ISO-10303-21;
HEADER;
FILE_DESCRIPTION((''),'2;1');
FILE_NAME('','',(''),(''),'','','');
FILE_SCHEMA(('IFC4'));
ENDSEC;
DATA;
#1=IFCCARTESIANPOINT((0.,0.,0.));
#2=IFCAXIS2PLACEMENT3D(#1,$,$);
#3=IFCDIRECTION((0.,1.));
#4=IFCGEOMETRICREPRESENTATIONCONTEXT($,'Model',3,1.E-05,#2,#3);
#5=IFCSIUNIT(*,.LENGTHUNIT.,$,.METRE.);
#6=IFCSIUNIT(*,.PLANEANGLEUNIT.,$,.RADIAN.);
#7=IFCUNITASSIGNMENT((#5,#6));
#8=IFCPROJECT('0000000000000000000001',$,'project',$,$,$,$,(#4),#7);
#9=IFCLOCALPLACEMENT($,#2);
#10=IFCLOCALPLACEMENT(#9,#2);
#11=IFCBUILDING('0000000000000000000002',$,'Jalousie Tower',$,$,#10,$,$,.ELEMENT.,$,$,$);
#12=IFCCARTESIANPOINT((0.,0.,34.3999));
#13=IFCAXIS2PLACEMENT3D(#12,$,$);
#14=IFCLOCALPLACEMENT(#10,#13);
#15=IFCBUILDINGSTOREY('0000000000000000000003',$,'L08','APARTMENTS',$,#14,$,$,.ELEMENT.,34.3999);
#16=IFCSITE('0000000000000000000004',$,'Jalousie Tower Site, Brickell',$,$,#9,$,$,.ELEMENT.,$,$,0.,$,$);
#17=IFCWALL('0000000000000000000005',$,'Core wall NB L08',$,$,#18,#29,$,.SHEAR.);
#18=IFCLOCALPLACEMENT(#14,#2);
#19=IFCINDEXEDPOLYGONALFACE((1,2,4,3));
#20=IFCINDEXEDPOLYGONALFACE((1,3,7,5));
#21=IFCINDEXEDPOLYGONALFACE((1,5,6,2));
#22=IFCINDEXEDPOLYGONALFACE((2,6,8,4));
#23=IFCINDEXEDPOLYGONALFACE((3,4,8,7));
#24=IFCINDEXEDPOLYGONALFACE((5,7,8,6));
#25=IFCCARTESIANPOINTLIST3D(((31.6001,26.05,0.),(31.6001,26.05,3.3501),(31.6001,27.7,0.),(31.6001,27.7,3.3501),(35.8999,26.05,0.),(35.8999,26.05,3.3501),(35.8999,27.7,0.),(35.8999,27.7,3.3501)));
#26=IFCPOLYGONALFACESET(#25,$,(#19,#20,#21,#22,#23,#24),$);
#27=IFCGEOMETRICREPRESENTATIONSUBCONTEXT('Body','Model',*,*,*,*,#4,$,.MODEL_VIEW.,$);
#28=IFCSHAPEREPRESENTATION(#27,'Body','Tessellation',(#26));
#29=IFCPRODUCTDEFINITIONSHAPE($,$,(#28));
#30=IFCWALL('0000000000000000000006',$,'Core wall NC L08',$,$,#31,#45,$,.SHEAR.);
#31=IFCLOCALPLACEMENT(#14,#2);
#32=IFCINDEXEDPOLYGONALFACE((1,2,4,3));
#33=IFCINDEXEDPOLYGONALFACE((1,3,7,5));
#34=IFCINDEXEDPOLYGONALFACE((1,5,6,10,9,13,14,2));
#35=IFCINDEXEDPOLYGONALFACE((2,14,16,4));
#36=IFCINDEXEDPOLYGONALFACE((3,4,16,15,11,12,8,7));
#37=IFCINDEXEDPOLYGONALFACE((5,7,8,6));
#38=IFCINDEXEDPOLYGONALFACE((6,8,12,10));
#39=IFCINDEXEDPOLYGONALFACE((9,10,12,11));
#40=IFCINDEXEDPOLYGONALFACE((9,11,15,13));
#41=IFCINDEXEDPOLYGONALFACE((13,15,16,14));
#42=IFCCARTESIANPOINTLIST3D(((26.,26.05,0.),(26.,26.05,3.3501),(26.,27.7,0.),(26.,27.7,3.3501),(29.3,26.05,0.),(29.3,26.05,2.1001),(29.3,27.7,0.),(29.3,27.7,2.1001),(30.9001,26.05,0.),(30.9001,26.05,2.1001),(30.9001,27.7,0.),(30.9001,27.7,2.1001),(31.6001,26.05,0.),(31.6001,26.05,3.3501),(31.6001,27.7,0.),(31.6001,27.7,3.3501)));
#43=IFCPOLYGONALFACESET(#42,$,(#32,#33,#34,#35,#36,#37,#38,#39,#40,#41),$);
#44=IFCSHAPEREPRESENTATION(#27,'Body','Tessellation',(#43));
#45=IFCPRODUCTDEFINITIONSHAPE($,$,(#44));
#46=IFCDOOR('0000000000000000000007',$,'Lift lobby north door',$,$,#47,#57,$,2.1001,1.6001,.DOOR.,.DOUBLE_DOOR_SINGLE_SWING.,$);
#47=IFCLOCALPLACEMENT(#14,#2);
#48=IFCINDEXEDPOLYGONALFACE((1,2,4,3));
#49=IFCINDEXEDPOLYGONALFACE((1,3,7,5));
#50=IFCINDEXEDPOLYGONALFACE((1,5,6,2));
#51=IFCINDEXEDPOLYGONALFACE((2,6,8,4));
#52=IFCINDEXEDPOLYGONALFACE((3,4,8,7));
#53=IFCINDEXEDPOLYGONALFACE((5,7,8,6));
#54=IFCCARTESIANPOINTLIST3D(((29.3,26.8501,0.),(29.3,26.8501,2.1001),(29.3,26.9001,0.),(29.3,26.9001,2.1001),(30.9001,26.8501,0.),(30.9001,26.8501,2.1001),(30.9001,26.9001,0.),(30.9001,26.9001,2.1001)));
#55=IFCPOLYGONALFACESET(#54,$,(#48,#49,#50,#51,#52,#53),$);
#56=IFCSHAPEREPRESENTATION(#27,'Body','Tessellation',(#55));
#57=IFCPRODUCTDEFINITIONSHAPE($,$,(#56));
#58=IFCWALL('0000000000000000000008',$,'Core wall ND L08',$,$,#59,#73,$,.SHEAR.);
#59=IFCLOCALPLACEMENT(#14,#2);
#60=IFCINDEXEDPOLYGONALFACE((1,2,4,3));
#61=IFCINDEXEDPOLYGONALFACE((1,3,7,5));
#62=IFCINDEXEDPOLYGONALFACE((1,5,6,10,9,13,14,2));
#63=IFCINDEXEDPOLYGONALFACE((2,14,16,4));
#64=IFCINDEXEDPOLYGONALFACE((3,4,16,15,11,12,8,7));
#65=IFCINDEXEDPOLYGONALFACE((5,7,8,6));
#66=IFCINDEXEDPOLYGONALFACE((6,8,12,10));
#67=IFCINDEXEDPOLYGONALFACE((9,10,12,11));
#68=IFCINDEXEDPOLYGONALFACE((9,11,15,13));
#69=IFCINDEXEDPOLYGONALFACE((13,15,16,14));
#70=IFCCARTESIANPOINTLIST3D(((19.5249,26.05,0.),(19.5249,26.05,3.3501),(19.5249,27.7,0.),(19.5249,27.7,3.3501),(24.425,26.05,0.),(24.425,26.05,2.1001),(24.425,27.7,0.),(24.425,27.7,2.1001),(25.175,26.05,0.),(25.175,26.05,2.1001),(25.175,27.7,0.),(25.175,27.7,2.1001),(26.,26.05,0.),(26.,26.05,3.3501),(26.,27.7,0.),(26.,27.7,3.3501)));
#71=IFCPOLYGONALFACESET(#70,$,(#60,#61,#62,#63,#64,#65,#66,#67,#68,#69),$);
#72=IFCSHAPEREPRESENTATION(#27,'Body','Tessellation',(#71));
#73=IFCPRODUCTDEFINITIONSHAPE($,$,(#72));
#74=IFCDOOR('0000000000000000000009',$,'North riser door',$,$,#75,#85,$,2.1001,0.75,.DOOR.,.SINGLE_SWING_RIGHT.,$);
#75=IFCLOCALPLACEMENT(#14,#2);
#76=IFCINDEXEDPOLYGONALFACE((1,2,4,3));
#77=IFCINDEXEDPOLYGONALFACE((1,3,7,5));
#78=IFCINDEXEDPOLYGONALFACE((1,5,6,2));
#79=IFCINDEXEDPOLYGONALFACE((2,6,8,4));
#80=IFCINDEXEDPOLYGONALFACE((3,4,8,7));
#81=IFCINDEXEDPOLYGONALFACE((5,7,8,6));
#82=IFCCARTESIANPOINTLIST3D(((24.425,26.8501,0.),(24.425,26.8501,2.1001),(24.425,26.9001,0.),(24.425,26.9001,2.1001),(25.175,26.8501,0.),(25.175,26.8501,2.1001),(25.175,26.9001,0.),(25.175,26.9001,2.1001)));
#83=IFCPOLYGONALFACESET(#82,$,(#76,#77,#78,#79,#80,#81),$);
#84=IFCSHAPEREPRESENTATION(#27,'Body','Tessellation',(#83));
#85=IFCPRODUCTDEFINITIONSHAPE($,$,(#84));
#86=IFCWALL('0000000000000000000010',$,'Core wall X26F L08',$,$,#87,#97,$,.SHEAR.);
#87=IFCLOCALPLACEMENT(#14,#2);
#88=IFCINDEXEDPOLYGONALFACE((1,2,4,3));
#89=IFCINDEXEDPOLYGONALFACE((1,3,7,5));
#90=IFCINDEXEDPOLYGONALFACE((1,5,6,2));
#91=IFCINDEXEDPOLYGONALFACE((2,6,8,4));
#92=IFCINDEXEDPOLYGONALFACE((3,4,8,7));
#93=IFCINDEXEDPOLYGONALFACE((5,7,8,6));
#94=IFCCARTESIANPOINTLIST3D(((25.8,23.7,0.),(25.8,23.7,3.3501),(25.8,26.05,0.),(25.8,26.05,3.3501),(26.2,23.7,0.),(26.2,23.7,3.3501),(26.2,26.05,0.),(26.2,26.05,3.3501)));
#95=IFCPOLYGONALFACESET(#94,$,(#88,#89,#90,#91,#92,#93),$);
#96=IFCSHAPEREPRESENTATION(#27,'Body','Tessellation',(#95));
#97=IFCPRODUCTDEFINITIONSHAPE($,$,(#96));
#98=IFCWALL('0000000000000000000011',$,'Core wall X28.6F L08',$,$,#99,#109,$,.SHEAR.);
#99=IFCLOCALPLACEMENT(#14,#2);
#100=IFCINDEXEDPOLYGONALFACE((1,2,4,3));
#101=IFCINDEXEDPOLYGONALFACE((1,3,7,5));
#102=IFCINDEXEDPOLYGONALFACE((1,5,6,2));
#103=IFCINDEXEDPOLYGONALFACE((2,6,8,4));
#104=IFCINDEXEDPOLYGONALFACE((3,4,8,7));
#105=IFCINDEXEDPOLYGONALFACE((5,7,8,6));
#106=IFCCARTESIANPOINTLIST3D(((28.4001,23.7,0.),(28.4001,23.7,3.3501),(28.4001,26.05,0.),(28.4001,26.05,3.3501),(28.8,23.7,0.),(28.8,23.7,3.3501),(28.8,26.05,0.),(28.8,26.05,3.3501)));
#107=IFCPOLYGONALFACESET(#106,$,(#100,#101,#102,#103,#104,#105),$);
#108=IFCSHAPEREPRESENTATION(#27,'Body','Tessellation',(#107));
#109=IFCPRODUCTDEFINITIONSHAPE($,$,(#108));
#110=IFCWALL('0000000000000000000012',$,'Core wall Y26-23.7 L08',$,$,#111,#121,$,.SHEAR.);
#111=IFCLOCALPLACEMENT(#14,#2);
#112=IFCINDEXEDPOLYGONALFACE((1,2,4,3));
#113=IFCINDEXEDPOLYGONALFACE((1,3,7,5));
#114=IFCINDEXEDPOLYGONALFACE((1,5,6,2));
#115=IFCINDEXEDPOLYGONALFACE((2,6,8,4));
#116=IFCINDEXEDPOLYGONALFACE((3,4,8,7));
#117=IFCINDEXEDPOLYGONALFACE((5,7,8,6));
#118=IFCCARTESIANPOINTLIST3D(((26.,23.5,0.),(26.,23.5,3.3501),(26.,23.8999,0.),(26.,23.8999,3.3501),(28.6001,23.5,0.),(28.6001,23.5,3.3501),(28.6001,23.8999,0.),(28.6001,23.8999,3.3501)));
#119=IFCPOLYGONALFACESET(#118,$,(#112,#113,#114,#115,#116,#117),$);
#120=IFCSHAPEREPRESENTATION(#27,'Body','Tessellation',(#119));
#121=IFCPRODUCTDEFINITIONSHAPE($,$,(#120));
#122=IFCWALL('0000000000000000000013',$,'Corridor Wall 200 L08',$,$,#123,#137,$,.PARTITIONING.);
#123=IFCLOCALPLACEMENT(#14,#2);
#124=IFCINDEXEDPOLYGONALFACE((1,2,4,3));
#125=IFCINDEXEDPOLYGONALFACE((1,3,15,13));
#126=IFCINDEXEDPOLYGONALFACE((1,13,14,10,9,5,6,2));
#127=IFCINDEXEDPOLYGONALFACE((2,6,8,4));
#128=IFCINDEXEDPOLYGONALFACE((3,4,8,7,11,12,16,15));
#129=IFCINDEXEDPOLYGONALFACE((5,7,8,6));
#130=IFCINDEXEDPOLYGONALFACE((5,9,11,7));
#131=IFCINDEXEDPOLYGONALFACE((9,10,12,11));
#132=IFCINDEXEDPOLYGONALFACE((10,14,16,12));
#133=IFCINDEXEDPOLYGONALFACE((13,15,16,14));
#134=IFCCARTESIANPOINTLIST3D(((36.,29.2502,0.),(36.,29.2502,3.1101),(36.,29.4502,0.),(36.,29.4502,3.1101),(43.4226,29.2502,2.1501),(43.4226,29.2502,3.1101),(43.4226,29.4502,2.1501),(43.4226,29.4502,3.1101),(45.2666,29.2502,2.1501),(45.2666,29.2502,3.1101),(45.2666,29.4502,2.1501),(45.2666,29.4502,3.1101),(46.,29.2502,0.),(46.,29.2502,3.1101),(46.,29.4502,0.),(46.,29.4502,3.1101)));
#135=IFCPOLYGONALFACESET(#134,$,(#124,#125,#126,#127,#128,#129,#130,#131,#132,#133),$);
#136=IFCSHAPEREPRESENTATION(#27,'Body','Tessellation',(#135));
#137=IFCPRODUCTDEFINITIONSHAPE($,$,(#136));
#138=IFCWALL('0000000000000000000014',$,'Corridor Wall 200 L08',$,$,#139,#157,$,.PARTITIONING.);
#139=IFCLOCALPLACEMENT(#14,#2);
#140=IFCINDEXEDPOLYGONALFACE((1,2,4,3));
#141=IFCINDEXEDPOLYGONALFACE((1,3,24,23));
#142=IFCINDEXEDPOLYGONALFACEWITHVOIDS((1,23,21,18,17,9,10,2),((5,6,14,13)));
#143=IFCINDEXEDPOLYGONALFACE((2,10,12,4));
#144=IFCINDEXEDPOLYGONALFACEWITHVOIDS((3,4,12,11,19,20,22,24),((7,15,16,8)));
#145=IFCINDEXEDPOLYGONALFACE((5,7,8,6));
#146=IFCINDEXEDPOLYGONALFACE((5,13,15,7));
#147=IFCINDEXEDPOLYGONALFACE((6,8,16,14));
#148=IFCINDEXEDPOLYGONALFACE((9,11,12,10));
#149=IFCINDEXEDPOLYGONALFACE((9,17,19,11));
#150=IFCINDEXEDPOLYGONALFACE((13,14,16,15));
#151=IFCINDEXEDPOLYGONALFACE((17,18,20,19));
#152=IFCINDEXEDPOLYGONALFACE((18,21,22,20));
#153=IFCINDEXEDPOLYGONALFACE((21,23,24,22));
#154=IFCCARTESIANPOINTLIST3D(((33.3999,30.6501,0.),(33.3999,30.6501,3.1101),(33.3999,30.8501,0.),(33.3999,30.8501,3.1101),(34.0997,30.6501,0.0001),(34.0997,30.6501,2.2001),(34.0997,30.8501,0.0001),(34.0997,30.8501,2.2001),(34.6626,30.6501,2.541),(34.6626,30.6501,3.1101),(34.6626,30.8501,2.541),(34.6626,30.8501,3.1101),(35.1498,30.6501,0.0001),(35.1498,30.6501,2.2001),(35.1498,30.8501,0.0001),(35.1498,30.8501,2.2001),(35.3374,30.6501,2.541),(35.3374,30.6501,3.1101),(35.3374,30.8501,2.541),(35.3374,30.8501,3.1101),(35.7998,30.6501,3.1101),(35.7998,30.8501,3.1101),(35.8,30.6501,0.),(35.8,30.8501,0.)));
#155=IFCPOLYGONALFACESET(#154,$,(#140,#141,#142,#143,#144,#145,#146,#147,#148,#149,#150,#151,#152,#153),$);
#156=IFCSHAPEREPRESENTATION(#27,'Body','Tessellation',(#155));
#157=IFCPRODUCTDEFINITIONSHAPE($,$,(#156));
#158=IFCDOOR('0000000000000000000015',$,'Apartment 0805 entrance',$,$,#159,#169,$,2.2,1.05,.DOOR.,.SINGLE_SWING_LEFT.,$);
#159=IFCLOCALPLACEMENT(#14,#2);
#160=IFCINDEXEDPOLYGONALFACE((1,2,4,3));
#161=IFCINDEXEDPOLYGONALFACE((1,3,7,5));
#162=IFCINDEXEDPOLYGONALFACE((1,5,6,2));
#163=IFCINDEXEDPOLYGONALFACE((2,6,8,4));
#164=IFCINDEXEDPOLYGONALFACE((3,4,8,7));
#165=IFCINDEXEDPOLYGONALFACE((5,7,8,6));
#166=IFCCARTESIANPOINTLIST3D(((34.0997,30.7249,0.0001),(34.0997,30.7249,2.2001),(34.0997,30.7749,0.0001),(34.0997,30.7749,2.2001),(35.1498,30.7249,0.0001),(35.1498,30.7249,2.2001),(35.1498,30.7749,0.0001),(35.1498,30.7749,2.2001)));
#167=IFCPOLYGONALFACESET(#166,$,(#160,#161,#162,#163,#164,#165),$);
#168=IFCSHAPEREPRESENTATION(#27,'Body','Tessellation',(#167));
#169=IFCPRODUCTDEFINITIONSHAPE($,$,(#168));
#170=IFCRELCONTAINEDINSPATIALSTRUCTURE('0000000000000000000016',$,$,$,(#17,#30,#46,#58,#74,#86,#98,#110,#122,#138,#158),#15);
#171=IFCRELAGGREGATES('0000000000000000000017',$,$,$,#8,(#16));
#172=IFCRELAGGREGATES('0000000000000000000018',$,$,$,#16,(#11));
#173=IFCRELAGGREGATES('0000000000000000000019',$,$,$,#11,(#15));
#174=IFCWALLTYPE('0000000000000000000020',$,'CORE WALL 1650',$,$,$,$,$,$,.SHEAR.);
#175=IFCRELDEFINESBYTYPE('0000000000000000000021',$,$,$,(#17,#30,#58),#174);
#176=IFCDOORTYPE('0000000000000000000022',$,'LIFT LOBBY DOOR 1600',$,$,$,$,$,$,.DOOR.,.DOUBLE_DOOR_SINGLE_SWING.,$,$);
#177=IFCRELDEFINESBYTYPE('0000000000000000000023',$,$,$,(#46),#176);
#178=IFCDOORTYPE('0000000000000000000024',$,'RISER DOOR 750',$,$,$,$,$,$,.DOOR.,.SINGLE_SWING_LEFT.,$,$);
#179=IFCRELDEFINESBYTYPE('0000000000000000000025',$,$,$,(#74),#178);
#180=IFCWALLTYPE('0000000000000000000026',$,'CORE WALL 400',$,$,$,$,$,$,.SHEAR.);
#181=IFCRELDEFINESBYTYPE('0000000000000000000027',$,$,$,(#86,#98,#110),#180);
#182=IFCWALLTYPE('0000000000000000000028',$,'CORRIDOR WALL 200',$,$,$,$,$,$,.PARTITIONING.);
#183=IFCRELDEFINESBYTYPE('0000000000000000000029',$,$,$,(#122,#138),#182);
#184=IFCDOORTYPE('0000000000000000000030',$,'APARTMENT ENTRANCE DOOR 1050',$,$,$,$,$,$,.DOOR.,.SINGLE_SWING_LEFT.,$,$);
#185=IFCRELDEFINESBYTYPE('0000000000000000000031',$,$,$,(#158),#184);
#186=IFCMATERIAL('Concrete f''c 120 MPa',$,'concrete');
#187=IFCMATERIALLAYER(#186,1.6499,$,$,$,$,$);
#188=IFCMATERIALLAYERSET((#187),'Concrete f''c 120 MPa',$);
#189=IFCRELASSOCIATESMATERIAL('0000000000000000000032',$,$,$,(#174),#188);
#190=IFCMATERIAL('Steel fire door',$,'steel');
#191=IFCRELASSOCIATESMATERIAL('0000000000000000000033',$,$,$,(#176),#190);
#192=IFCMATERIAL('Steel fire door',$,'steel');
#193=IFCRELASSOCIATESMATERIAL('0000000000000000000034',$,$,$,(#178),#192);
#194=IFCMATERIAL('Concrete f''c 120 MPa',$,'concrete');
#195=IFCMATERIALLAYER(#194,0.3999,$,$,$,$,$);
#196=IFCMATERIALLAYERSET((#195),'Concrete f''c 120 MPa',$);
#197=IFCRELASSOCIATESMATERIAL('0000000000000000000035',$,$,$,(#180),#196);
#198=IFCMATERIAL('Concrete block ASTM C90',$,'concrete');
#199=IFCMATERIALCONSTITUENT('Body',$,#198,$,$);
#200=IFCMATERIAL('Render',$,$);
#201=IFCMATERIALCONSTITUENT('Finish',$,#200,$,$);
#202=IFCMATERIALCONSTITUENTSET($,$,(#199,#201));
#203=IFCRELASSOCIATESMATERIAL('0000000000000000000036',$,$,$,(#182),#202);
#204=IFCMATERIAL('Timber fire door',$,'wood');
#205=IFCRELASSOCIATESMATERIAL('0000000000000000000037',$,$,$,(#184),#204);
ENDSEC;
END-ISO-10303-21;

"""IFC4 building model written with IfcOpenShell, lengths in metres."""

from ifc_helpers import new_model, si_unit, direction, frame, frame_2d, origin, place, context, subcontext, project, spatial, polyline, rectangle, outline, extrude, material, layer, layer_set, constituent, constituent_set, type_object, element, fill, save


model = new_model("IFC4")

# Units and contexts
model_context = context("Model", 3, precision=1e-05, world=origin(), true_north=direction((0.0, 1.0)))
body_context = subcontext(model_context, "Body", "Model", "MODEL_VIEW")
ifc_project = project(units=[si_unit("LENGTHUNIT", "METRE"), si_unit("PLANEANGLEUNIT", "RADIAN")], contexts=[model_context])

# Site, building, storey
site_placement = place(None, origin())
site = spatial("IfcSite", under=ifc_project, at=site_placement, Name="Jalousie Tower Site, Brickell", CompositionType="ELEMENT", RefElevation=0.0)
building_placement = place(site_placement, origin())
building = spatial("IfcBuilding", under=site, at=building_placement, Name="Jalousie Tower", CompositionType="ELEMENT")
storey_placement = place(building_placement, frame((0.0, 0.0, 34.3999)))
storey = spatial("IfcBuildingStorey", under=building, at=storey_placement, Name="L08", Description="APARTMENTS", CompositionType="ELEMENT", Elevation=34.3999)

# Wall
ifc_material_1 = material(Name="Concrete f'c 120 MPa", Category="concrete")
ifc_layer_1 = layer(ifc_material_1, 1.6499)
ifc_layer_set_1 = layer_set([ifc_layer_1], Name="Concrete f'c 120 MPa")
wall_type_1 = type_object("IfcWallType", Name="CORE WALL 1650", PredefinedType="SHEAR", material=ifc_layer_set_1)
wall_1_placement = place(storey_placement, frame((35.8999, 26.875, 0.0), z_axis=(0.0, 0.0, 1.0), x_axis=(-1.0, 0.0, 0.0)))
element("IfcWall", 1, at=wall_1_placement, inside=storey, type_object=wall_type_1, Name="Core wall NB L08", PredefinedType="SHEAR", context=body_context, shape_type="SweptSolid", body=[
    extrude(rectangle(XDim=4.2998, YDim=1.6499, at=frame_2d((2.1499, 0.0))), origin(), (0.0, 0.0, 1.0), 3.3501),
])

# Walls, openings, doors
wall_2_placement = place(storey_placement, frame((31.6001, 26.875, 0.0), z_axis=(0.0, 0.0, 1.0), x_axis=(-1.0, 0.0, 0.0)))
wall_2 = element("IfcWall", 2, at=wall_2_placement, inside=storey, type_object=wall_type_1, Name="Core wall NC L08", PredefinedType="SHEAR", context=body_context, shape_type="SweptSolid", body=[
    extrude(rectangle(XDim=5.6001, YDim=1.6499, at=frame_2d((2.8, 0.0))), origin(), (0.0, 0.0, 1.0), 3.3501),
])
opening_1_placement = place(wall_2_placement, frame((0.7, 0.0, 0.0)))
opening_1 = element("IfcOpeningElement", 3, at=opening_1_placement, cuts=wall_2, PredefinedType="OPENING", context=body_context, shape_type="SweptSolid", body=[
    extrude(rectangle(XDim=1.6001, YDim=2.1001, at=frame_2d((0.8, 1.05))), frame((0.0, 0.835, 0.0), z_axis=(0.0, -1.0, 0.0), x_axis=(1.0, 0.0, 0.0)), (0.0, 0.0, 1.0), 1.6699),
])
ifc_material_2 = material(Name="Steel fire door", Category="steel")
door_type_1 = type_object("IfcDoorType", Name="LIFT LOBBY DOOR 1600", OperationType="DOUBLE_DOOR_SINGLE_SWING", PredefinedType="DOOR", material=ifc_material_2)
door_1_placement = place(opening_1_placement, origin())
door_1 = element("IfcDoor", 4, at=door_1_placement, inside=storey, type_object=door_type_1, Name="Lift lobby north door", OperationType="DOUBLE_DOOR_SINGLE_SWING", OverallHeight=2.1001, OverallWidth=1.6001, PredefinedType="DOOR", context=body_context, shape_type="SweptSolid", body=[
    extrude(rectangle(XDim=1.6001, YDim=2.1001, at=frame_2d((0.8, 1.05))), frame((0.0, 0.0249, 0.0), z_axis=(0.0, -1.0, 0.0), x_axis=(1.0, 0.0, 0.0)), (0.0, 0.0, 1.0), 0.05),
])
fill(opening_1, door_1)
wall_3_placement = place(storey_placement, frame((26.0, 26.875, 0.0), z_axis=(0.0, 0.0, 1.0), x_axis=(-1.0, 0.0, 0.0)))
wall_3 = element("IfcWall", 5, at=wall_3_placement, inside=storey, type_object=wall_type_1, Name="Core wall ND L08", PredefinedType="SHEAR", context=body_context, shape_type="SweptSolid", body=[
    extrude(rectangle(XDim=6.4751, YDim=1.6499, at=frame_2d((3.2375, 0.0))), origin(), (0.0, 0.0, 1.0), 3.3501),
])
opening_2_placement = place(wall_3_placement, frame((0.825, 0.0, 0.0)))
opening_2 = element("IfcOpeningElement", 6, at=opening_2_placement, cuts=wall_3, PredefinedType="OPENING", context=body_context, shape_type="SweptSolid", body=[
    extrude(rectangle(XDim=0.75, YDim=2.1001, at=frame_2d((0.375, 1.05))), frame((0.0, 0.835, 0.0), z_axis=(0.0, -1.0, 0.0), x_axis=(1.0, 0.0, 0.0)), (0.0, 0.0, 1.0), 1.6699),
])
ifc_material_3 = material(Name="Steel fire door", Category="steel")
door_type_2 = type_object("IfcDoorType", Name="RISER DOOR 750", OperationType="SINGLE_SWING_LEFT", PredefinedType="DOOR", material=ifc_material_3)
door_2_placement = place(opening_2_placement, origin())
door_2 = element("IfcDoor", 7, at=door_2_placement, inside=storey, type_object=door_type_2, Name="North riser door", OperationType="SINGLE_SWING_RIGHT", OverallHeight=2.1001, OverallWidth=0.75, PredefinedType="DOOR", context=body_context, shape_type="SweptSolid", body=[
    extrude(rectangle(XDim=0.75, YDim=2.1001, at=frame_2d((0.375, 1.05))), frame((0.0, 0.0249, 0.0), z_axis=(0.0, -1.0, 0.0), x_axis=(1.0, 0.0, 0.0)), (0.0, 0.0, 1.0), 0.05),
])
fill(opening_2, door_2)

# Walls
ifc_material_4 = material(Name="Concrete f'c 120 MPa", Category="concrete")
ifc_layer_2 = layer(ifc_material_4, 0.3999)
ifc_layer_set_2 = layer_set([ifc_layer_2], Name="Concrete f'c 120 MPa")
wall_type_2 = type_object("IfcWallType", Name="CORE WALL 400", PredefinedType="SHEAR", material=ifc_layer_set_2)
for number, where, z_axis, x_axis, name in (
    (8, (26.0, 23.7, 0.0), (0.0, 0.0, 1.0), (0.0, 1.0, 0.0), "Core wall X26F L08"),
    (9, (28.6001, 23.7, 0.0), (0.0, 0.0, 1.0), (0.0, 1.0, 0.0), "Core wall X28.6F L08"),
):
    element("IfcWall", number, at=place(storey_placement, frame(where, z_axis=z_axis, x_axis=x_axis)), inside=storey, type_object=wall_type_2, Name=name, PredefinedType="SHEAR", context=body_context, shape_type="SweptSolid", body=[
        extrude(rectangle(XDim=2.3501, YDim=0.3999, at=frame_2d((1.175, 0.0))), origin(), (0.0, 0.0, 1.0), 3.3501),
    ])
wall_4_placement = place(storey_placement, frame((26.0, 23.7, 0.0), z_axis=(0.0, 0.0, 1.0), x_axis=(1.0, 0.0, 0.0)))
element("IfcWall", 10, at=wall_4_placement, inside=storey, type_object=wall_type_2, Name="Core wall Y26-23.7 L08", PredefinedType="SHEAR", context=body_context, shape_type="SweptSolid", body=[
    extrude(rectangle(XDim=2.6001, YDim=0.3999, at=frame_2d((1.3, 0.0))), origin(), (0.0, 0.0, 1.0), 3.3501),
])
ifc_material_5 = material(Name="Concrete block ASTM C90", Category="concrete")
ifc_constituent_1 = constituent(ifc_material_5, Name="Body")
ifc_material_6 = material(Name="Render")
ifc_constituent_2 = constituent(ifc_material_6, Name="Finish")
ifc_constituent_set_1 = constituent_set(constituents=[ifc_constituent_1, ifc_constituent_2])
wall_type_3 = type_object("IfcWallType", Name="CORRIDOR WALL 200", PredefinedType="PARTITIONING", material=ifc_constituent_set_1)
wall_5_placement = place(storey_placement, frame((36.0, 29.3501, 0.0), z_axis=(0.0, 0.0, 1.0), x_axis=(1.0, 0.0, 0.0)))
element("IfcWall", 11, at=wall_5_placement, inside=storey, type_object=wall_type_3, Name="Corridor Wall 200 L08", PredefinedType="PARTITIONING", context=body_context, shape_type="SweptSolid", body=[
    extrude(outline(polyline([(0.0, 0.0), (10.0, 0.0), (10.0, 3.1101), (9.2666, 3.1101), (9.2666, 2.1501), (7.4226, 2.1501), (7.4226, 3.1101), (0.0, 3.1101), (0.0, 0.0)])), frame((0.0, 0.1001, 0.0), z_axis=(0.0, -1.0, 0.0), x_axis=(1.0, 0.0, 0.0)), (0.0, 0.0, 1.0), 0.2),
])

# Wall, opening, door
wall_6_placement = place(storey_placement, frame((33.3999, 30.75, 0.0), z_axis=(0.0, 0.0, 1.0), x_axis=(1.0, 0.0, 0.0)))
wall_6 = element("IfcWall", 12, at=wall_6_placement, inside=storey, type_object=wall_type_3, Name="Corridor Wall 200 L08", PredefinedType="PARTITIONING", context=body_context, shape_type="SweptSolid", body=[
    extrude(outline(polyline([(0.0, 0.0), (2.4001, 0.0), (2.3999, 3.1101), (1.9375, 3.1101), (1.9375, 2.541), (1.2627, 2.541), (1.2627, 3.1101), (0.0, 3.1101), (0.0, 0.0)])), frame((0.0, 0.1001, 0.0), z_axis=(0.0, -1.0, 0.0), x_axis=(1.0, 0.0, 0.0)), (0.0, 0.0, 1.0), 0.2),
])
opening_3_placement = place(wall_6_placement, frame((0.7, 0.0, 0.0)))
opening_3 = element("IfcOpeningElement", 13, at=opening_3_placement, cuts=wall_6, PredefinedType="OPENING", context=body_context, shape_type="SweptSolid", body=[
    extrude(rectangle(XDim=1.05, YDim=2.2, at=frame_2d((0.5249, 1.1001))), frame((0.0, 0.1099, 0.0), z_axis=(0.0, -1.0, 0.0), x_axis=(1.0, 0.0, 0.0)), (0.0, 0.0, 1.0), 0.22),
])
ifc_material_7 = material(Name="Timber fire door", Category="wood")
door_type_3 = type_object("IfcDoorType", Name="APARTMENT ENTRANCE DOOR 1050", OperationType="SINGLE_SWING_LEFT", PredefinedType="DOOR", material=ifc_material_7)
door_3_placement = place(opening_3_placement, origin())
door_3 = element("IfcDoor", 14, at=door_3_placement, inside=storey, type_object=door_type_3, Name="Apartment 0805 entrance", OperationType="SINGLE_SWING_LEFT", OverallHeight=2.2, OverallWidth=1.05, PredefinedType="DOOR", context=body_context, shape_type="SweptSolid", body=[
    extrude(rectangle(XDim=1.05, YDim=2.2, at=frame_2d((0.5249, 1.1001))), frame((0.0, 0.0249, 0.0), z_axis=(0.0, -1.0, 0.0), x_axis=(1.0, 0.0, 0.0)), (0.0, 0.0, 1.0), 0.05),
])
fill(opening_3, door_3)

save(model, "model.ifc")
